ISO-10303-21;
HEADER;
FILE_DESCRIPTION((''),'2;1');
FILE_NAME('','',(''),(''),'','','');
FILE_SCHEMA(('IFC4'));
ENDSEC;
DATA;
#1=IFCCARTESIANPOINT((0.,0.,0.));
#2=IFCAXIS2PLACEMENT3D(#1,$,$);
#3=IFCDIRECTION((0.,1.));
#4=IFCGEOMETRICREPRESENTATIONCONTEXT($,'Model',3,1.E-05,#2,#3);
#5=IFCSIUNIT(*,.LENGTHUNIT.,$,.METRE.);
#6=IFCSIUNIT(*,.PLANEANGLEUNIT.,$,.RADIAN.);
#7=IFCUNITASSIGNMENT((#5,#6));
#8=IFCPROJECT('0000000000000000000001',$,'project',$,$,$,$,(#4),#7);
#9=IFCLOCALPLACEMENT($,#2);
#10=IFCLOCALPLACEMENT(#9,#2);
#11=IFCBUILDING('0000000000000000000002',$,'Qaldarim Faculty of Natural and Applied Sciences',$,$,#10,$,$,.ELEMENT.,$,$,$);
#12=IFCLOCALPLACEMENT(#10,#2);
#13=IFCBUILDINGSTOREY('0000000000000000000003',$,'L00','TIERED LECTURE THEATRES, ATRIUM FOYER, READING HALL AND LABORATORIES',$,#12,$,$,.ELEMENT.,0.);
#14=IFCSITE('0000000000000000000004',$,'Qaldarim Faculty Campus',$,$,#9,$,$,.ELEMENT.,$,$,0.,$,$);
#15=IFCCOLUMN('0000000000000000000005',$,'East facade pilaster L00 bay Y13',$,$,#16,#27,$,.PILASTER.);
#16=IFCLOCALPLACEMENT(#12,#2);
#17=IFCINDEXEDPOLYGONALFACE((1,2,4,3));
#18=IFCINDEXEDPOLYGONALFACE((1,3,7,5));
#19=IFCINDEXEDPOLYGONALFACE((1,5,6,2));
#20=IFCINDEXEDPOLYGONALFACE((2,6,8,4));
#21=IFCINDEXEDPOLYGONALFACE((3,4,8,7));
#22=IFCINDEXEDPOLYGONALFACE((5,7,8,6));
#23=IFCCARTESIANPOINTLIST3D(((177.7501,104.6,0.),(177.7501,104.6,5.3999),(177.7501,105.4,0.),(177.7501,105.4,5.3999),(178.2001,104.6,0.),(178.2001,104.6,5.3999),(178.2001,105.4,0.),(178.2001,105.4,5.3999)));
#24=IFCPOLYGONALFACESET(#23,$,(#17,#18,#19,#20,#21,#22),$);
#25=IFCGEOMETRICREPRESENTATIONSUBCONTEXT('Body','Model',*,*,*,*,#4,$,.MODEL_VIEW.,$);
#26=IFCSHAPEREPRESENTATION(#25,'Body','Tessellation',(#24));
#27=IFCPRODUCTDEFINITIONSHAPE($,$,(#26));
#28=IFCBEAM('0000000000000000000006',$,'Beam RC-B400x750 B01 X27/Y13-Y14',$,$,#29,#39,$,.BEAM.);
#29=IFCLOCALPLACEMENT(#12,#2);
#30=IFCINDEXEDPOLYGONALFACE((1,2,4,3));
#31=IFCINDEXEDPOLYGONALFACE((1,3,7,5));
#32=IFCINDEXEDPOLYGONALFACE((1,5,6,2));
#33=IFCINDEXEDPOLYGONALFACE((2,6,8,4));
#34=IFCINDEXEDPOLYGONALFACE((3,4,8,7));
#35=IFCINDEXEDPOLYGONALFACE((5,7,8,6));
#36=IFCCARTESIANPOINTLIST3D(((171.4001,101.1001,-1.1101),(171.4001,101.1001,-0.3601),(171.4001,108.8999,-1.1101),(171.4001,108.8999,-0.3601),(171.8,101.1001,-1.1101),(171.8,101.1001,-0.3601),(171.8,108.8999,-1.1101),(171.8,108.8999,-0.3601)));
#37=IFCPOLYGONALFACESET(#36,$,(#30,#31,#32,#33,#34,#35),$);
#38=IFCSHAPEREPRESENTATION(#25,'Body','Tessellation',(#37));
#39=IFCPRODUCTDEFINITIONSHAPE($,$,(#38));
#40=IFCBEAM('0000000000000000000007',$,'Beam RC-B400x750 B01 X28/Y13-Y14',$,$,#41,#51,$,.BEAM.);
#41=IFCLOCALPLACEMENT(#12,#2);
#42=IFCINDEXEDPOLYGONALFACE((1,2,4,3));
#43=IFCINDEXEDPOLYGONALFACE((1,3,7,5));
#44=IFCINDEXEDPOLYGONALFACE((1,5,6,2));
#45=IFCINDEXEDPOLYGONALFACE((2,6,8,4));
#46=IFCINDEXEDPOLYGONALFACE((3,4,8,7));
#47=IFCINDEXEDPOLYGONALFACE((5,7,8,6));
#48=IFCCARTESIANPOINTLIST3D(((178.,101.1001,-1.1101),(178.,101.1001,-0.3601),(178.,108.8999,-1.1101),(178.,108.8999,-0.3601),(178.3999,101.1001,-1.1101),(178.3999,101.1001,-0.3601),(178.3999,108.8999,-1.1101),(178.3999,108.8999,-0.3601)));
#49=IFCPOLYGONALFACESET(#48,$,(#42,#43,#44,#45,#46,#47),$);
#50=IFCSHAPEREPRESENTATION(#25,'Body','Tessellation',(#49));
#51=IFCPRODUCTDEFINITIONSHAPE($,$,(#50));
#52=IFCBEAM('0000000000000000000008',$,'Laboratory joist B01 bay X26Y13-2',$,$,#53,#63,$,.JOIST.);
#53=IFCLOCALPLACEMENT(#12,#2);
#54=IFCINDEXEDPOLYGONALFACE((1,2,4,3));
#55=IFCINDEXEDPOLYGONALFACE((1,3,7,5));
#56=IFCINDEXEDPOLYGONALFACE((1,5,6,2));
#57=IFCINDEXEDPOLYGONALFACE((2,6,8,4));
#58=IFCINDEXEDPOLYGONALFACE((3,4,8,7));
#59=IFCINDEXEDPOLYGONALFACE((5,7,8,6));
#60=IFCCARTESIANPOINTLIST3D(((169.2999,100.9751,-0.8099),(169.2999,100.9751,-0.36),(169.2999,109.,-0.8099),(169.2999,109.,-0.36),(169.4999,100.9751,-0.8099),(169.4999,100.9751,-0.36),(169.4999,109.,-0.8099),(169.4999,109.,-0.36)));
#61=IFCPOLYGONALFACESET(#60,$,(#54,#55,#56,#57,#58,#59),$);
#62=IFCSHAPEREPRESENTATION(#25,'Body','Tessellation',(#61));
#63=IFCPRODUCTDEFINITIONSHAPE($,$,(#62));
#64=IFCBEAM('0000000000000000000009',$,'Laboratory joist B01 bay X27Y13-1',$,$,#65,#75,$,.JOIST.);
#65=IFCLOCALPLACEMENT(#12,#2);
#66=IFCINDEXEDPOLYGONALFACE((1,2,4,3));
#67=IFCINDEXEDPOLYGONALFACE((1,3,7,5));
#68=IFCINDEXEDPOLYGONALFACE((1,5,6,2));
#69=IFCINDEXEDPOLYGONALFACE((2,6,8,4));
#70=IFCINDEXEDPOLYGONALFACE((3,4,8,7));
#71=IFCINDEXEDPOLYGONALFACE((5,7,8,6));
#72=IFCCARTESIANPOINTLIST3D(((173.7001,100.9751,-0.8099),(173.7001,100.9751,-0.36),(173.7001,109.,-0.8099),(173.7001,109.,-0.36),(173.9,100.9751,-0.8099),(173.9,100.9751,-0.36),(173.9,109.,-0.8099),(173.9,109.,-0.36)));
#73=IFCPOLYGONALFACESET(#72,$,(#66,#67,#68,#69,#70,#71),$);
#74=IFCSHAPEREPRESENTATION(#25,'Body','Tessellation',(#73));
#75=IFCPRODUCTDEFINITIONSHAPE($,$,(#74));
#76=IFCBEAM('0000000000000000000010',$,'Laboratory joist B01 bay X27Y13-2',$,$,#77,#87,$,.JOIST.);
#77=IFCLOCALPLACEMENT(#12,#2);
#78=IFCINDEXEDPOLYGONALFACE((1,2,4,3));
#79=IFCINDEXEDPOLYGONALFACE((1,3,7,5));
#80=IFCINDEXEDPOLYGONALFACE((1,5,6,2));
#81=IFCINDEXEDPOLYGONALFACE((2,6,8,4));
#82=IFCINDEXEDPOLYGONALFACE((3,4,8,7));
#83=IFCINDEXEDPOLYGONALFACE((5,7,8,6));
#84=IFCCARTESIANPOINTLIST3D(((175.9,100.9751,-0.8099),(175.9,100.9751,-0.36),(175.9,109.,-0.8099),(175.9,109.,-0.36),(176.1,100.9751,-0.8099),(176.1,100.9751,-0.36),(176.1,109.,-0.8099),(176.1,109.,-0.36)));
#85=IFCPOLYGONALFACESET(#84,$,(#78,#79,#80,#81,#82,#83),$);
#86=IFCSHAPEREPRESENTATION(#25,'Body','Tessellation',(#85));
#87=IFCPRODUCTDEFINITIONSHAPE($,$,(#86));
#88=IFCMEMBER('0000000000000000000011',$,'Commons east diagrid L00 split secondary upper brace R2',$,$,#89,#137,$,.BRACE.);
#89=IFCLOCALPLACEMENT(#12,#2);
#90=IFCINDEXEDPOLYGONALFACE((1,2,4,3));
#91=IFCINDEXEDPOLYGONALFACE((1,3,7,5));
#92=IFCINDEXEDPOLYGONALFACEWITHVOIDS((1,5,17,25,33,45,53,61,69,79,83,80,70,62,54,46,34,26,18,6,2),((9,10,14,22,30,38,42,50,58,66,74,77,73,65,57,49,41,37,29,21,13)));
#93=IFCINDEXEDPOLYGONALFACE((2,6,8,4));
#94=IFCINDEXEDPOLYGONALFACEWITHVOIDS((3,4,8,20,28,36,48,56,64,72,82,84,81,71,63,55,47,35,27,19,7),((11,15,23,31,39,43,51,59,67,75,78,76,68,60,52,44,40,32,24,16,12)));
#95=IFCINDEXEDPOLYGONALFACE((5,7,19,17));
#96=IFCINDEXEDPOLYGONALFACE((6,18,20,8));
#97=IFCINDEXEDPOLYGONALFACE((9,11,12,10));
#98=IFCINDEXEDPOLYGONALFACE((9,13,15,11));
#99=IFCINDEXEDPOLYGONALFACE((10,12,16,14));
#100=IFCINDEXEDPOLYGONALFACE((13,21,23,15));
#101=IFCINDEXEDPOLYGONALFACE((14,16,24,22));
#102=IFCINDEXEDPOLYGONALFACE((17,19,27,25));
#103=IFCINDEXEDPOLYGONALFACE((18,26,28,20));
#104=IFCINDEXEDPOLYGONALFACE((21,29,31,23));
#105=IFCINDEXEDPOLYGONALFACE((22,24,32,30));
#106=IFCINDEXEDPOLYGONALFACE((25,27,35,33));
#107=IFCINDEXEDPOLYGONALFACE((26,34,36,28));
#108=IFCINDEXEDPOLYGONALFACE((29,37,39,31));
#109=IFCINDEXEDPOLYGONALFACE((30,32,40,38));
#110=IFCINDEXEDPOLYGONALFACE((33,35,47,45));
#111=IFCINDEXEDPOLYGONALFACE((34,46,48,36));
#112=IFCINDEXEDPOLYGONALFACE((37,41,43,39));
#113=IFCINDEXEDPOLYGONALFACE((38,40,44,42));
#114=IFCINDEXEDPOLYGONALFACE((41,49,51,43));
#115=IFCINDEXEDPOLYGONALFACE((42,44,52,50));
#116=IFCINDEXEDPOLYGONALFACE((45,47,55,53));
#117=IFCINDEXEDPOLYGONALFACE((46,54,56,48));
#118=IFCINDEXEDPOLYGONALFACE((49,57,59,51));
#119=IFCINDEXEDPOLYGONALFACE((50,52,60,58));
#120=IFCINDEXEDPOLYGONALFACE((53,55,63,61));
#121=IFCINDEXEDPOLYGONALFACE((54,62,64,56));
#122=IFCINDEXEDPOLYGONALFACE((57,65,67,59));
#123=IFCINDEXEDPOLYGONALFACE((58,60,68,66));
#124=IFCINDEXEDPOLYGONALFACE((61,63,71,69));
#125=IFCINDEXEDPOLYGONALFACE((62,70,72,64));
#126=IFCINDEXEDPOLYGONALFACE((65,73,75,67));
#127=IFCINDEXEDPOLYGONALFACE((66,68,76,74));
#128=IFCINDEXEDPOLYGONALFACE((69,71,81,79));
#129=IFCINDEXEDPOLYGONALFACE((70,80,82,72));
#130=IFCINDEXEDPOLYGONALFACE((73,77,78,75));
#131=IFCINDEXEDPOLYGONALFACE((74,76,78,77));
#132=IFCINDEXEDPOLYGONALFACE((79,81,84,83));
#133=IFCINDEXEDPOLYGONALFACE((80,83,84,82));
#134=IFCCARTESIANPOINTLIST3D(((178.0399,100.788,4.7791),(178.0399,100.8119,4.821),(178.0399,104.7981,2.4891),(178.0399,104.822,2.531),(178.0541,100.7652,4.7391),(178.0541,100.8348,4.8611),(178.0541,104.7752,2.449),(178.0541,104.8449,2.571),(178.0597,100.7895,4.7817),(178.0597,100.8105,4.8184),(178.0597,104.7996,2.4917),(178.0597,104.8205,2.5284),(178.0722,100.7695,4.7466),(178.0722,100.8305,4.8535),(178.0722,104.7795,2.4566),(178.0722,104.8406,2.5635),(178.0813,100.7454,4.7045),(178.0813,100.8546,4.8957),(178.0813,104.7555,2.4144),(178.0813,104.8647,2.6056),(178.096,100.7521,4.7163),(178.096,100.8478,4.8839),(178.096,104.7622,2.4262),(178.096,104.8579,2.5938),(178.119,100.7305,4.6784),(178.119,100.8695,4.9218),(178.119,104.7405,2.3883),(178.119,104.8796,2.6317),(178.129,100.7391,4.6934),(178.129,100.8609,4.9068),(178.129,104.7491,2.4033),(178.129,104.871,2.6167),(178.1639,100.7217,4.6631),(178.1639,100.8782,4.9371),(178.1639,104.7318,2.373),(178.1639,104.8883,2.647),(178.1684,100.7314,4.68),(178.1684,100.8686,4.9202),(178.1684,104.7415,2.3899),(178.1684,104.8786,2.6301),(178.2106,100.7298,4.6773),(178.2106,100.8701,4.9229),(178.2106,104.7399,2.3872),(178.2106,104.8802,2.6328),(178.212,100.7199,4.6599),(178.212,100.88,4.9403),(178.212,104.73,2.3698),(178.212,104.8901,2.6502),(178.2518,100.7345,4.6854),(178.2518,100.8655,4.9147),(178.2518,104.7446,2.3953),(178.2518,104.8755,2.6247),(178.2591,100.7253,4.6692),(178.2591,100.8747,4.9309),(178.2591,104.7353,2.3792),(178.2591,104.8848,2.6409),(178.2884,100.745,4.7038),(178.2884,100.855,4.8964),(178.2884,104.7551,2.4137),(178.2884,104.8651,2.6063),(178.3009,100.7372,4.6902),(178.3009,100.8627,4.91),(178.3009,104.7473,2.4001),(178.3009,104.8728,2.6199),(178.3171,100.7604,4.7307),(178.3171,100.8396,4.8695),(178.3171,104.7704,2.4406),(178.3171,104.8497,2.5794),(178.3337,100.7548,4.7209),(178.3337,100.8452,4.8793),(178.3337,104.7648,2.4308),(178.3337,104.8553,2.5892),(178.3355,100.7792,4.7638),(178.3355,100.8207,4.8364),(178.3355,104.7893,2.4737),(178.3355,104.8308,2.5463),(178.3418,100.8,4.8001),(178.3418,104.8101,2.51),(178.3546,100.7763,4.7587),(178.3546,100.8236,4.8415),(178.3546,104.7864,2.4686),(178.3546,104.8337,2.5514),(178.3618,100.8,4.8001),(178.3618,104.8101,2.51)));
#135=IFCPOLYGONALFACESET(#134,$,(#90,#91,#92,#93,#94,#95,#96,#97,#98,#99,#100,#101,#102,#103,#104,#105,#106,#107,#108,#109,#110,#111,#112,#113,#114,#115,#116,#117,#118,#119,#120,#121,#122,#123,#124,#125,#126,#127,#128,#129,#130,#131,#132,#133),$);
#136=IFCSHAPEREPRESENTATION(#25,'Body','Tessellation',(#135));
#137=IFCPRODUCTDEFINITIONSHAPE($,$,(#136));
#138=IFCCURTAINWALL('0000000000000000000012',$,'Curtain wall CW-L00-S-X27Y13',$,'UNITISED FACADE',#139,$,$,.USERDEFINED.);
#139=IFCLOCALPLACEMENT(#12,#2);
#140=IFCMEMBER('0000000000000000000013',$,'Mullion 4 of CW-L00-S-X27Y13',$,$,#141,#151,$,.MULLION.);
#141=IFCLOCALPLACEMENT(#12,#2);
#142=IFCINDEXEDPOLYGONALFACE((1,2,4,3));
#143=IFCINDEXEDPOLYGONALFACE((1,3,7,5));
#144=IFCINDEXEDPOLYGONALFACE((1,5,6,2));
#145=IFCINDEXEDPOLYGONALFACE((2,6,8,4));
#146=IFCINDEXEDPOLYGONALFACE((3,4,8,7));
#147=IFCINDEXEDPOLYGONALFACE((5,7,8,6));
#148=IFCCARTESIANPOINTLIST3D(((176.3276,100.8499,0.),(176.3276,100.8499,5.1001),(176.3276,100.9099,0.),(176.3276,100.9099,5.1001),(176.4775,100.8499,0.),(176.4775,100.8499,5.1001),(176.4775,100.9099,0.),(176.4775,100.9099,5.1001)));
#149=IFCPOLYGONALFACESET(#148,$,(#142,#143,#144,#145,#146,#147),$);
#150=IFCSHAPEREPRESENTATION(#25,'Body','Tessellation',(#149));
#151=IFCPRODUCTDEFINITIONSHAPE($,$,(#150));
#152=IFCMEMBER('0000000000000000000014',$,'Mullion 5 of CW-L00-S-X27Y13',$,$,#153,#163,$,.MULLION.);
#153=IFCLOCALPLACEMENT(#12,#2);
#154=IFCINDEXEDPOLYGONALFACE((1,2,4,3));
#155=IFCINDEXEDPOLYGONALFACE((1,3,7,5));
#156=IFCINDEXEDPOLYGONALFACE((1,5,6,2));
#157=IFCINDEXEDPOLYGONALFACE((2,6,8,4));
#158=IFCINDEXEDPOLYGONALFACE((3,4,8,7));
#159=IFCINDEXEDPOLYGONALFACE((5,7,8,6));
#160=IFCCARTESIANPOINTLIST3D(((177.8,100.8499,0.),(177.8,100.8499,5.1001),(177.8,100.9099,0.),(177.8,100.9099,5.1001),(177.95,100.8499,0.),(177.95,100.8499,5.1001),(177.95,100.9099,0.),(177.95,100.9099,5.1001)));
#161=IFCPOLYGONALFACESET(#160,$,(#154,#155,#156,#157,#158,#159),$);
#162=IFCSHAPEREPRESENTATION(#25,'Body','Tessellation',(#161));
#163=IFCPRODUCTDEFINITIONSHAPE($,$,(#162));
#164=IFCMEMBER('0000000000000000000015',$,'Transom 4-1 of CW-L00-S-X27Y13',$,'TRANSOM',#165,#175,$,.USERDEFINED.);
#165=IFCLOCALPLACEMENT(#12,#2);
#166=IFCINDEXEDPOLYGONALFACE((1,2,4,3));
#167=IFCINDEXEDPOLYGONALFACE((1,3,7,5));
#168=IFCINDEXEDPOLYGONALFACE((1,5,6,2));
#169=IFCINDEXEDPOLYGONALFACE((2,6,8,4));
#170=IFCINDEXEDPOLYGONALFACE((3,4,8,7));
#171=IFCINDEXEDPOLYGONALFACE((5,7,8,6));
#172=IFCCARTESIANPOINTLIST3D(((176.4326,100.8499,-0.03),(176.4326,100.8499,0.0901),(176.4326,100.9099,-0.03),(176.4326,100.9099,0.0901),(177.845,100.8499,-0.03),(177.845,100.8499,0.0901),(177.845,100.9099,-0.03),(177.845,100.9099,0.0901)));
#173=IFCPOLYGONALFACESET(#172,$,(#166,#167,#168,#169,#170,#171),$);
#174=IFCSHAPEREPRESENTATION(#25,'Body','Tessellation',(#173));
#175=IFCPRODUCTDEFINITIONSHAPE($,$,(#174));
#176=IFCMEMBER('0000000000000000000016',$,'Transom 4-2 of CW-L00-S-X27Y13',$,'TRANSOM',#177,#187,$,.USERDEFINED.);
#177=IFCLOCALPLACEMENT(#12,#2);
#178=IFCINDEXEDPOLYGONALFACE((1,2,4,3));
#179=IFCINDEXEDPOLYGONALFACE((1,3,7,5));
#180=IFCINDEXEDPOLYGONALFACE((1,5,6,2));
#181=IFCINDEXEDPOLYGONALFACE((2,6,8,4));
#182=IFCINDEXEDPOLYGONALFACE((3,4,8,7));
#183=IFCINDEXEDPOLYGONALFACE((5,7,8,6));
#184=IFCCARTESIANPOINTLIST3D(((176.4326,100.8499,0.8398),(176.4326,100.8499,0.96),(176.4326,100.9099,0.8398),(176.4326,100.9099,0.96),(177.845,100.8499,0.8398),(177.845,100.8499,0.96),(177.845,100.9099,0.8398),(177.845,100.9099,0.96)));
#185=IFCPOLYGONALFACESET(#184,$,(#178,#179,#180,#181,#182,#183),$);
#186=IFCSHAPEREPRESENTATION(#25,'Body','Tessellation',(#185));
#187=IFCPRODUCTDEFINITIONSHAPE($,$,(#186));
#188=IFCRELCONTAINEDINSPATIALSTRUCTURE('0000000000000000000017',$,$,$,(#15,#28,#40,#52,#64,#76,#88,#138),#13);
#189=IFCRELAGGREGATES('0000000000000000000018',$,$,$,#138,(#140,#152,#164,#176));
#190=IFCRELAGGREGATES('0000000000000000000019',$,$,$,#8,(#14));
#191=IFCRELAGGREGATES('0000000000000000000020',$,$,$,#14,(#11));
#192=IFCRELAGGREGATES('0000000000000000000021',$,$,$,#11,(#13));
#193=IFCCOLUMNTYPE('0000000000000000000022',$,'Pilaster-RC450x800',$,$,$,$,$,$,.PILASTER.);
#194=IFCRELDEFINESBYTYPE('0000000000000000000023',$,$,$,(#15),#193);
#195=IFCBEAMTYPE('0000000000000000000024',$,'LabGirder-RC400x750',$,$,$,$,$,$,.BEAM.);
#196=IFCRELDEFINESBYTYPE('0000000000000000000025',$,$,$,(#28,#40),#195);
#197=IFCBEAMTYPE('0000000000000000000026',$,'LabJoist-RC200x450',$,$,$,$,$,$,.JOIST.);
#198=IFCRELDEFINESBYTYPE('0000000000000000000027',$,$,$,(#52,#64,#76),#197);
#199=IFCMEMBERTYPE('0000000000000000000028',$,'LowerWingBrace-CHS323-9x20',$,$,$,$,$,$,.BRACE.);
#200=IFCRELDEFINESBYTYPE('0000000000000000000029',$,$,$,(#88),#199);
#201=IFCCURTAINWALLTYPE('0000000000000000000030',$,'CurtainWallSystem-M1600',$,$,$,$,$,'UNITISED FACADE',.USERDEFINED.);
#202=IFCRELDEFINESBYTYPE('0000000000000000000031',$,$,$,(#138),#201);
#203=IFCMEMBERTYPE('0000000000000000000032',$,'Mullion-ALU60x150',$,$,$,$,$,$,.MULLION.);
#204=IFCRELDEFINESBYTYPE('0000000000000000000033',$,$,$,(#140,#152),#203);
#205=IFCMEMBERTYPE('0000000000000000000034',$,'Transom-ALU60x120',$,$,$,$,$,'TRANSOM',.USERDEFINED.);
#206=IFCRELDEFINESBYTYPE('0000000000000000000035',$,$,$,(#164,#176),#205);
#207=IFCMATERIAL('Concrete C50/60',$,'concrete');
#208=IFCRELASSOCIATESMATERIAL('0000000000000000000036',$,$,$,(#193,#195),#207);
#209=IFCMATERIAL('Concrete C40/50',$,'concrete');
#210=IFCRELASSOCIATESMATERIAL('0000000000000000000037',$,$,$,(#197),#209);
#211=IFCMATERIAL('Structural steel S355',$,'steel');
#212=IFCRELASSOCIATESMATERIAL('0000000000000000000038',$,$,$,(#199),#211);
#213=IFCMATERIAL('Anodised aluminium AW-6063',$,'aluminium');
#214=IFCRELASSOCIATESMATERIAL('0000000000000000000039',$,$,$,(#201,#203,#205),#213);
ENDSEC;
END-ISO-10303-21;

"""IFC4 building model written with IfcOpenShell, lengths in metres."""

from ifc_helpers import new_model, si_unit, direction, frame, origin, origin_2d, place, context, subcontext, project, spatial, rectangle, hollow_circle, extrude, material, material_profile, profile_set, type_object, element, aggregate, save


model = new_model("IFC4")

# Units and contexts
model_context = context("Model", 3, precision=1e-05, world=origin(), true_north=direction((0.0, 1.0)))
body_context = subcontext(model_context, "Body", "Model", "MODEL_VIEW")
ifc_project = project(units=[si_unit("LENGTHUNIT", "METRE"), si_unit("PLANEANGLEUNIT", "RADIAN")], contexts=[model_context])

# Site, building, storey
site_placement = place(None, origin())
site = spatial("IfcSite", under=ifc_project, at=site_placement, Name="Qaldarim Faculty Campus", CompositionType="ELEMENT", RefElevation=0.0)
building_placement = place(site_placement, origin())
building = spatial("IfcBuilding", under=site, at=building_placement, Name="Qaldarim Faculty of Natural and Applied Sciences", CompositionType="ELEMENT")
storey_placement = place(building_placement, origin())
storey = spatial("IfcBuildingStorey", under=building, at=storey_placement, Name="L00", Description="TIERED LECTURE THEATRES, ATRIUM FOYER, READING HALL AND LABORATORIES", CompositionType="ELEMENT", Elevation=0.0)

# Column
ifc_material_1 = material(Name="Concrete C50/60", Category="concrete")
ifc_material_profile_1 = material_profile(ifc_material_1, rectangle(XDim=0.45, YDim=0.8, at=origin_2d()), Name="RC-C450x800")
ifc_profile_set_1 = profile_set([ifc_material_profile_1], Name="Concrete C50/60")
column_type = type_object("IfcColumnType", Name="Pilaster-RC450x800", PredefinedType="PILASTER", material=ifc_profile_set_1)
column_placement = place(storey_placement, frame((177.9751, 105.0, 0.0), z_axis=(0.0, 0.0, 1.0), x_axis=(1.0, 0.0, 0.0)))
element("IfcColumn", 1, at=column_placement, inside=storey, type_object=column_type, Name="East facade pilaster L00 bay Y13", PredefinedType="PILASTER", context=body_context, shape_type="SweptSolid", body=[
    extrude(rectangle(XDim=0.45, YDim=0.8, at=origin_2d()), origin(), (0.0, 0.0, 1.0), 5.3999),
])

# Beams
ifc_material_profile_2 = material_profile(ifc_material_1, rectangle(XDim=0.3999, YDim=0.75, at=origin_2d()), Name="RC-B400x750")
ifc_profile_set_2 = profile_set([ifc_material_profile_2], Name="Concrete C50/60")
beam_type_1 = type_object("IfcBeamType", Name="LabGirder-RC400x750", PredefinedType="BEAM", material=ifc_profile_set_2)
for number, where, z_axis, x_axis, name in (
    (2, (171.6001, 101.1001, -0.7351), (0.0, 1.0, 0.0), (-1.0, 0.0, 0.0), "Beam RC-B400x750 B01 X27/Y13-Y14"),
    (3, (178.2, 101.1001, -0.7351), (0.0, 1.0, 0.0), (-1.0, 0.0, 0.0), "Beam RC-B400x750 B01 X28/Y13-Y14"),
):
    element("IfcBeam", number, at=place(storey_placement, frame(where, z_axis=z_axis, x_axis=x_axis)), inside=storey, type_object=beam_type_1, Name=name, PredefinedType="BEAM", context=body_context, shape_type="SweptSolid", body=[
        extrude(rectangle(XDim=0.3999, YDim=0.75, at=origin_2d()), origin(), (0.0, 0.0, 1.0), 7.7998),
    ])
ifc_material_2 = material(Name="Concrete C40/50", Category="concrete")
ifc_material_profile_3 = material_profile(ifc_material_2, rectangle(XDim=0.2, YDim=0.45, at=origin_2d()), Name="RC-J200x450")
ifc_profile_set_3 = profile_set([ifc_material_profile_3], Name="Concrete C40/50")
beam_type_2 = type_object("IfcBeamType", Name="LabJoist-RC200x450", PredefinedType="JOIST", material=ifc_profile_set_3)
for number, where, z_axis, x_axis, name in (
    (4, (169.3999, 100.9751, -0.585), (0.0, 1.0, 0.0), (-1.0, 0.0, 0.0), "Laboratory joist B01 bay X26Y13-2"),
    (5, (173.8, 100.9751, -0.585), (0.0, 1.0, 0.0), (-1.0, 0.0, 0.0), "Laboratory joist B01 bay X27Y13-1"),
    (6, (176.0, 100.9751, -0.585), (0.0, 1.0, 0.0), (-1.0, 0.0, 0.0), "Laboratory joist B01 bay X27Y13-2"),
):
    element("IfcBeam", number, at=place(storey_placement, frame(where, z_axis=z_axis, x_axis=x_axis)), inside=storey, type_object=beam_type_2, Name=name, PredefinedType="JOIST", context=body_context, shape_type="SweptSolid", body=[
        extrude(rectangle(XDim=0.2, YDim=0.45, at=origin_2d()), origin(), (0.0, 0.0, 1.0), 8.0249),
    ])

# Member
ifc_material_3 = material(Name="Structural steel S355", Category="steel")
ifc_material_profile_4 = material_profile(ifc_material_3, hollow_circle(Radius=0.1619, WallThickness=0.02, at=origin_2d()), Name="CHS 323.9x20.0")
ifc_profile_set_4 = profile_set([ifc_material_profile_4], Name="Structural steel S355")
member_type_1 = type_object("IfcMemberType", Name="LowerWingBrace-CHS323-9x20", PredefinedType="BRACE", material=ifc_profile_set_4)
member_1_placement = place(storey_placement, frame((178.2, 104.8101, 2.51), z_axis=(0.0, -0.868373, 0.495911), x_axis=(1.0, 0.0, 0.0)))
element("IfcMember", 7, at=member_1_placement, inside=storey, type_object=member_type_1, Name="Commons east diagrid L00 split secondary upper brace R2", PredefinedType="BRACE", context=body_context, shape_type="SweptSolid", body=[
    extrude(hollow_circle(Radius=0.1619, WallThickness=0.02, at=origin_2d()), origin(), (0.0, 0.0, 1.0), 4.6179),
])

# Curtain wall, members
ifc_material_4 = material(Name="Anodised aluminium AW-6063", Category="aluminium")
curtain_wall_type = type_object("IfcCurtainWallType", Name="CurtainWallSystem-M1600", ElementType="UNITISED FACADE", PredefinedType="USERDEFINED", material=ifc_material_4)
curtain_wall_placement = place(storey_placement, origin())
curtain_wall = element("IfcCurtainWall", 8, at=curtain_wall_placement, inside=storey, type_object=curtain_wall_type, Name="Curtain wall CW-L00-S-X27Y13", ObjectType="UNITISED FACADE", PredefinedType="USERDEFINED")
ifc_material_profile_5 = material_profile(ifc_material_4, rectangle(XDim=0.0601, YDim=0.1499, at=origin_2d()), Name="ALU-M60x150")
ifc_profile_set_5 = profile_set([ifc_material_profile_5], Name="Anodised aluminium AW-6063")
member_type_2 = type_object("IfcMemberType", Name="Mullion-ALU60x150", PredefinedType="MULLION", material=ifc_profile_set_5)
member_2_placement = place(storey_placement, frame((176.4026, 100.8799, 0.0), z_axis=(0.0, 0.0, 1.0), x_axis=(0.0, 1.0, 0.0)))
member_2 = element("IfcMember", 9, at=member_2_placement, type_object=member_type_2, Name="Mullion 4 of CW-L00-S-X27Y13", PredefinedType="MULLION", context=body_context, shape_type="SweptSolid", body=[
    extrude(rectangle(XDim=0.0601, YDim=0.1499, at=origin_2d()), origin(), (0.0, 0.0, 1.0), 5.1001),
])
member_3_placement = place(storey_placement, frame((177.875, 100.8799, 0.0), z_axis=(0.0, 0.0, 1.0), x_axis=(0.0, 1.0, 0.0)))
member_3 = element("IfcMember", 10, at=member_3_placement, type_object=member_type_2, Name="Mullion 5 of CW-L00-S-X27Y13", PredefinedType="MULLION", context=body_context, shape_type="SweptSolid", body=[
    extrude(rectangle(XDim=0.0601, YDim=0.1499, at=origin_2d()), origin(), (0.0, 0.0, 1.0), 5.1001),
])
ifc_material_profile_6 = material_profile(ifc_material_4, rectangle(XDim=0.0601, YDim=0.1201, at=origin_2d()), Name="ALU-T60x120")
ifc_profile_set_6 = profile_set([ifc_material_profile_6], Name="Anodised aluminium AW-6063")
member_type_3 = type_object("IfcMemberType", Name="Transom-ALU60x120", ElementType="TRANSOM", PredefinedType="USERDEFINED", material=ifc_profile_set_6)
member_4_placement = place(storey_placement, frame((176.4326, 100.8799, 0.03), z_axis=(1.0, 0.0, 0.0), x_axis=(0.0, 1.0, 0.0)))
member_4 = element("IfcMember", 11, at=member_4_placement, type_object=member_type_3, Name="Transom 4-1 of CW-L00-S-X27Y13", ObjectType="TRANSOM", PredefinedType="USERDEFINED", context=body_context, shape_type="SweptSolid", body=[
    extrude(rectangle(XDim=0.0601, YDim=0.1201, at=origin_2d()), origin(), (0.0, 0.0, 1.0), 1.4124),
])
member_5_placement = place(storey_placement, frame((176.4326, 100.8799, 0.8999), z_axis=(1.0, 0.0, 0.0), x_axis=(0.0, 1.0, 0.0)))
member_5 = element("IfcMember", 12, at=member_5_placement, type_object=member_type_3, Name="Transom 4-2 of CW-L00-S-X27Y13", ObjectType="TRANSOM", PredefinedType="USERDEFINED", context=body_context, shape_type="SweptSolid", body=[
    extrude(rectangle(XDim=0.0601, YDim=0.1201, at=origin_2d()), origin(), (0.0, 0.0, 1.0), 1.4124),
])
aggregate(curtain_wall, [member_2, member_3, member_4, member_5])

save(model, "model.ifc")
